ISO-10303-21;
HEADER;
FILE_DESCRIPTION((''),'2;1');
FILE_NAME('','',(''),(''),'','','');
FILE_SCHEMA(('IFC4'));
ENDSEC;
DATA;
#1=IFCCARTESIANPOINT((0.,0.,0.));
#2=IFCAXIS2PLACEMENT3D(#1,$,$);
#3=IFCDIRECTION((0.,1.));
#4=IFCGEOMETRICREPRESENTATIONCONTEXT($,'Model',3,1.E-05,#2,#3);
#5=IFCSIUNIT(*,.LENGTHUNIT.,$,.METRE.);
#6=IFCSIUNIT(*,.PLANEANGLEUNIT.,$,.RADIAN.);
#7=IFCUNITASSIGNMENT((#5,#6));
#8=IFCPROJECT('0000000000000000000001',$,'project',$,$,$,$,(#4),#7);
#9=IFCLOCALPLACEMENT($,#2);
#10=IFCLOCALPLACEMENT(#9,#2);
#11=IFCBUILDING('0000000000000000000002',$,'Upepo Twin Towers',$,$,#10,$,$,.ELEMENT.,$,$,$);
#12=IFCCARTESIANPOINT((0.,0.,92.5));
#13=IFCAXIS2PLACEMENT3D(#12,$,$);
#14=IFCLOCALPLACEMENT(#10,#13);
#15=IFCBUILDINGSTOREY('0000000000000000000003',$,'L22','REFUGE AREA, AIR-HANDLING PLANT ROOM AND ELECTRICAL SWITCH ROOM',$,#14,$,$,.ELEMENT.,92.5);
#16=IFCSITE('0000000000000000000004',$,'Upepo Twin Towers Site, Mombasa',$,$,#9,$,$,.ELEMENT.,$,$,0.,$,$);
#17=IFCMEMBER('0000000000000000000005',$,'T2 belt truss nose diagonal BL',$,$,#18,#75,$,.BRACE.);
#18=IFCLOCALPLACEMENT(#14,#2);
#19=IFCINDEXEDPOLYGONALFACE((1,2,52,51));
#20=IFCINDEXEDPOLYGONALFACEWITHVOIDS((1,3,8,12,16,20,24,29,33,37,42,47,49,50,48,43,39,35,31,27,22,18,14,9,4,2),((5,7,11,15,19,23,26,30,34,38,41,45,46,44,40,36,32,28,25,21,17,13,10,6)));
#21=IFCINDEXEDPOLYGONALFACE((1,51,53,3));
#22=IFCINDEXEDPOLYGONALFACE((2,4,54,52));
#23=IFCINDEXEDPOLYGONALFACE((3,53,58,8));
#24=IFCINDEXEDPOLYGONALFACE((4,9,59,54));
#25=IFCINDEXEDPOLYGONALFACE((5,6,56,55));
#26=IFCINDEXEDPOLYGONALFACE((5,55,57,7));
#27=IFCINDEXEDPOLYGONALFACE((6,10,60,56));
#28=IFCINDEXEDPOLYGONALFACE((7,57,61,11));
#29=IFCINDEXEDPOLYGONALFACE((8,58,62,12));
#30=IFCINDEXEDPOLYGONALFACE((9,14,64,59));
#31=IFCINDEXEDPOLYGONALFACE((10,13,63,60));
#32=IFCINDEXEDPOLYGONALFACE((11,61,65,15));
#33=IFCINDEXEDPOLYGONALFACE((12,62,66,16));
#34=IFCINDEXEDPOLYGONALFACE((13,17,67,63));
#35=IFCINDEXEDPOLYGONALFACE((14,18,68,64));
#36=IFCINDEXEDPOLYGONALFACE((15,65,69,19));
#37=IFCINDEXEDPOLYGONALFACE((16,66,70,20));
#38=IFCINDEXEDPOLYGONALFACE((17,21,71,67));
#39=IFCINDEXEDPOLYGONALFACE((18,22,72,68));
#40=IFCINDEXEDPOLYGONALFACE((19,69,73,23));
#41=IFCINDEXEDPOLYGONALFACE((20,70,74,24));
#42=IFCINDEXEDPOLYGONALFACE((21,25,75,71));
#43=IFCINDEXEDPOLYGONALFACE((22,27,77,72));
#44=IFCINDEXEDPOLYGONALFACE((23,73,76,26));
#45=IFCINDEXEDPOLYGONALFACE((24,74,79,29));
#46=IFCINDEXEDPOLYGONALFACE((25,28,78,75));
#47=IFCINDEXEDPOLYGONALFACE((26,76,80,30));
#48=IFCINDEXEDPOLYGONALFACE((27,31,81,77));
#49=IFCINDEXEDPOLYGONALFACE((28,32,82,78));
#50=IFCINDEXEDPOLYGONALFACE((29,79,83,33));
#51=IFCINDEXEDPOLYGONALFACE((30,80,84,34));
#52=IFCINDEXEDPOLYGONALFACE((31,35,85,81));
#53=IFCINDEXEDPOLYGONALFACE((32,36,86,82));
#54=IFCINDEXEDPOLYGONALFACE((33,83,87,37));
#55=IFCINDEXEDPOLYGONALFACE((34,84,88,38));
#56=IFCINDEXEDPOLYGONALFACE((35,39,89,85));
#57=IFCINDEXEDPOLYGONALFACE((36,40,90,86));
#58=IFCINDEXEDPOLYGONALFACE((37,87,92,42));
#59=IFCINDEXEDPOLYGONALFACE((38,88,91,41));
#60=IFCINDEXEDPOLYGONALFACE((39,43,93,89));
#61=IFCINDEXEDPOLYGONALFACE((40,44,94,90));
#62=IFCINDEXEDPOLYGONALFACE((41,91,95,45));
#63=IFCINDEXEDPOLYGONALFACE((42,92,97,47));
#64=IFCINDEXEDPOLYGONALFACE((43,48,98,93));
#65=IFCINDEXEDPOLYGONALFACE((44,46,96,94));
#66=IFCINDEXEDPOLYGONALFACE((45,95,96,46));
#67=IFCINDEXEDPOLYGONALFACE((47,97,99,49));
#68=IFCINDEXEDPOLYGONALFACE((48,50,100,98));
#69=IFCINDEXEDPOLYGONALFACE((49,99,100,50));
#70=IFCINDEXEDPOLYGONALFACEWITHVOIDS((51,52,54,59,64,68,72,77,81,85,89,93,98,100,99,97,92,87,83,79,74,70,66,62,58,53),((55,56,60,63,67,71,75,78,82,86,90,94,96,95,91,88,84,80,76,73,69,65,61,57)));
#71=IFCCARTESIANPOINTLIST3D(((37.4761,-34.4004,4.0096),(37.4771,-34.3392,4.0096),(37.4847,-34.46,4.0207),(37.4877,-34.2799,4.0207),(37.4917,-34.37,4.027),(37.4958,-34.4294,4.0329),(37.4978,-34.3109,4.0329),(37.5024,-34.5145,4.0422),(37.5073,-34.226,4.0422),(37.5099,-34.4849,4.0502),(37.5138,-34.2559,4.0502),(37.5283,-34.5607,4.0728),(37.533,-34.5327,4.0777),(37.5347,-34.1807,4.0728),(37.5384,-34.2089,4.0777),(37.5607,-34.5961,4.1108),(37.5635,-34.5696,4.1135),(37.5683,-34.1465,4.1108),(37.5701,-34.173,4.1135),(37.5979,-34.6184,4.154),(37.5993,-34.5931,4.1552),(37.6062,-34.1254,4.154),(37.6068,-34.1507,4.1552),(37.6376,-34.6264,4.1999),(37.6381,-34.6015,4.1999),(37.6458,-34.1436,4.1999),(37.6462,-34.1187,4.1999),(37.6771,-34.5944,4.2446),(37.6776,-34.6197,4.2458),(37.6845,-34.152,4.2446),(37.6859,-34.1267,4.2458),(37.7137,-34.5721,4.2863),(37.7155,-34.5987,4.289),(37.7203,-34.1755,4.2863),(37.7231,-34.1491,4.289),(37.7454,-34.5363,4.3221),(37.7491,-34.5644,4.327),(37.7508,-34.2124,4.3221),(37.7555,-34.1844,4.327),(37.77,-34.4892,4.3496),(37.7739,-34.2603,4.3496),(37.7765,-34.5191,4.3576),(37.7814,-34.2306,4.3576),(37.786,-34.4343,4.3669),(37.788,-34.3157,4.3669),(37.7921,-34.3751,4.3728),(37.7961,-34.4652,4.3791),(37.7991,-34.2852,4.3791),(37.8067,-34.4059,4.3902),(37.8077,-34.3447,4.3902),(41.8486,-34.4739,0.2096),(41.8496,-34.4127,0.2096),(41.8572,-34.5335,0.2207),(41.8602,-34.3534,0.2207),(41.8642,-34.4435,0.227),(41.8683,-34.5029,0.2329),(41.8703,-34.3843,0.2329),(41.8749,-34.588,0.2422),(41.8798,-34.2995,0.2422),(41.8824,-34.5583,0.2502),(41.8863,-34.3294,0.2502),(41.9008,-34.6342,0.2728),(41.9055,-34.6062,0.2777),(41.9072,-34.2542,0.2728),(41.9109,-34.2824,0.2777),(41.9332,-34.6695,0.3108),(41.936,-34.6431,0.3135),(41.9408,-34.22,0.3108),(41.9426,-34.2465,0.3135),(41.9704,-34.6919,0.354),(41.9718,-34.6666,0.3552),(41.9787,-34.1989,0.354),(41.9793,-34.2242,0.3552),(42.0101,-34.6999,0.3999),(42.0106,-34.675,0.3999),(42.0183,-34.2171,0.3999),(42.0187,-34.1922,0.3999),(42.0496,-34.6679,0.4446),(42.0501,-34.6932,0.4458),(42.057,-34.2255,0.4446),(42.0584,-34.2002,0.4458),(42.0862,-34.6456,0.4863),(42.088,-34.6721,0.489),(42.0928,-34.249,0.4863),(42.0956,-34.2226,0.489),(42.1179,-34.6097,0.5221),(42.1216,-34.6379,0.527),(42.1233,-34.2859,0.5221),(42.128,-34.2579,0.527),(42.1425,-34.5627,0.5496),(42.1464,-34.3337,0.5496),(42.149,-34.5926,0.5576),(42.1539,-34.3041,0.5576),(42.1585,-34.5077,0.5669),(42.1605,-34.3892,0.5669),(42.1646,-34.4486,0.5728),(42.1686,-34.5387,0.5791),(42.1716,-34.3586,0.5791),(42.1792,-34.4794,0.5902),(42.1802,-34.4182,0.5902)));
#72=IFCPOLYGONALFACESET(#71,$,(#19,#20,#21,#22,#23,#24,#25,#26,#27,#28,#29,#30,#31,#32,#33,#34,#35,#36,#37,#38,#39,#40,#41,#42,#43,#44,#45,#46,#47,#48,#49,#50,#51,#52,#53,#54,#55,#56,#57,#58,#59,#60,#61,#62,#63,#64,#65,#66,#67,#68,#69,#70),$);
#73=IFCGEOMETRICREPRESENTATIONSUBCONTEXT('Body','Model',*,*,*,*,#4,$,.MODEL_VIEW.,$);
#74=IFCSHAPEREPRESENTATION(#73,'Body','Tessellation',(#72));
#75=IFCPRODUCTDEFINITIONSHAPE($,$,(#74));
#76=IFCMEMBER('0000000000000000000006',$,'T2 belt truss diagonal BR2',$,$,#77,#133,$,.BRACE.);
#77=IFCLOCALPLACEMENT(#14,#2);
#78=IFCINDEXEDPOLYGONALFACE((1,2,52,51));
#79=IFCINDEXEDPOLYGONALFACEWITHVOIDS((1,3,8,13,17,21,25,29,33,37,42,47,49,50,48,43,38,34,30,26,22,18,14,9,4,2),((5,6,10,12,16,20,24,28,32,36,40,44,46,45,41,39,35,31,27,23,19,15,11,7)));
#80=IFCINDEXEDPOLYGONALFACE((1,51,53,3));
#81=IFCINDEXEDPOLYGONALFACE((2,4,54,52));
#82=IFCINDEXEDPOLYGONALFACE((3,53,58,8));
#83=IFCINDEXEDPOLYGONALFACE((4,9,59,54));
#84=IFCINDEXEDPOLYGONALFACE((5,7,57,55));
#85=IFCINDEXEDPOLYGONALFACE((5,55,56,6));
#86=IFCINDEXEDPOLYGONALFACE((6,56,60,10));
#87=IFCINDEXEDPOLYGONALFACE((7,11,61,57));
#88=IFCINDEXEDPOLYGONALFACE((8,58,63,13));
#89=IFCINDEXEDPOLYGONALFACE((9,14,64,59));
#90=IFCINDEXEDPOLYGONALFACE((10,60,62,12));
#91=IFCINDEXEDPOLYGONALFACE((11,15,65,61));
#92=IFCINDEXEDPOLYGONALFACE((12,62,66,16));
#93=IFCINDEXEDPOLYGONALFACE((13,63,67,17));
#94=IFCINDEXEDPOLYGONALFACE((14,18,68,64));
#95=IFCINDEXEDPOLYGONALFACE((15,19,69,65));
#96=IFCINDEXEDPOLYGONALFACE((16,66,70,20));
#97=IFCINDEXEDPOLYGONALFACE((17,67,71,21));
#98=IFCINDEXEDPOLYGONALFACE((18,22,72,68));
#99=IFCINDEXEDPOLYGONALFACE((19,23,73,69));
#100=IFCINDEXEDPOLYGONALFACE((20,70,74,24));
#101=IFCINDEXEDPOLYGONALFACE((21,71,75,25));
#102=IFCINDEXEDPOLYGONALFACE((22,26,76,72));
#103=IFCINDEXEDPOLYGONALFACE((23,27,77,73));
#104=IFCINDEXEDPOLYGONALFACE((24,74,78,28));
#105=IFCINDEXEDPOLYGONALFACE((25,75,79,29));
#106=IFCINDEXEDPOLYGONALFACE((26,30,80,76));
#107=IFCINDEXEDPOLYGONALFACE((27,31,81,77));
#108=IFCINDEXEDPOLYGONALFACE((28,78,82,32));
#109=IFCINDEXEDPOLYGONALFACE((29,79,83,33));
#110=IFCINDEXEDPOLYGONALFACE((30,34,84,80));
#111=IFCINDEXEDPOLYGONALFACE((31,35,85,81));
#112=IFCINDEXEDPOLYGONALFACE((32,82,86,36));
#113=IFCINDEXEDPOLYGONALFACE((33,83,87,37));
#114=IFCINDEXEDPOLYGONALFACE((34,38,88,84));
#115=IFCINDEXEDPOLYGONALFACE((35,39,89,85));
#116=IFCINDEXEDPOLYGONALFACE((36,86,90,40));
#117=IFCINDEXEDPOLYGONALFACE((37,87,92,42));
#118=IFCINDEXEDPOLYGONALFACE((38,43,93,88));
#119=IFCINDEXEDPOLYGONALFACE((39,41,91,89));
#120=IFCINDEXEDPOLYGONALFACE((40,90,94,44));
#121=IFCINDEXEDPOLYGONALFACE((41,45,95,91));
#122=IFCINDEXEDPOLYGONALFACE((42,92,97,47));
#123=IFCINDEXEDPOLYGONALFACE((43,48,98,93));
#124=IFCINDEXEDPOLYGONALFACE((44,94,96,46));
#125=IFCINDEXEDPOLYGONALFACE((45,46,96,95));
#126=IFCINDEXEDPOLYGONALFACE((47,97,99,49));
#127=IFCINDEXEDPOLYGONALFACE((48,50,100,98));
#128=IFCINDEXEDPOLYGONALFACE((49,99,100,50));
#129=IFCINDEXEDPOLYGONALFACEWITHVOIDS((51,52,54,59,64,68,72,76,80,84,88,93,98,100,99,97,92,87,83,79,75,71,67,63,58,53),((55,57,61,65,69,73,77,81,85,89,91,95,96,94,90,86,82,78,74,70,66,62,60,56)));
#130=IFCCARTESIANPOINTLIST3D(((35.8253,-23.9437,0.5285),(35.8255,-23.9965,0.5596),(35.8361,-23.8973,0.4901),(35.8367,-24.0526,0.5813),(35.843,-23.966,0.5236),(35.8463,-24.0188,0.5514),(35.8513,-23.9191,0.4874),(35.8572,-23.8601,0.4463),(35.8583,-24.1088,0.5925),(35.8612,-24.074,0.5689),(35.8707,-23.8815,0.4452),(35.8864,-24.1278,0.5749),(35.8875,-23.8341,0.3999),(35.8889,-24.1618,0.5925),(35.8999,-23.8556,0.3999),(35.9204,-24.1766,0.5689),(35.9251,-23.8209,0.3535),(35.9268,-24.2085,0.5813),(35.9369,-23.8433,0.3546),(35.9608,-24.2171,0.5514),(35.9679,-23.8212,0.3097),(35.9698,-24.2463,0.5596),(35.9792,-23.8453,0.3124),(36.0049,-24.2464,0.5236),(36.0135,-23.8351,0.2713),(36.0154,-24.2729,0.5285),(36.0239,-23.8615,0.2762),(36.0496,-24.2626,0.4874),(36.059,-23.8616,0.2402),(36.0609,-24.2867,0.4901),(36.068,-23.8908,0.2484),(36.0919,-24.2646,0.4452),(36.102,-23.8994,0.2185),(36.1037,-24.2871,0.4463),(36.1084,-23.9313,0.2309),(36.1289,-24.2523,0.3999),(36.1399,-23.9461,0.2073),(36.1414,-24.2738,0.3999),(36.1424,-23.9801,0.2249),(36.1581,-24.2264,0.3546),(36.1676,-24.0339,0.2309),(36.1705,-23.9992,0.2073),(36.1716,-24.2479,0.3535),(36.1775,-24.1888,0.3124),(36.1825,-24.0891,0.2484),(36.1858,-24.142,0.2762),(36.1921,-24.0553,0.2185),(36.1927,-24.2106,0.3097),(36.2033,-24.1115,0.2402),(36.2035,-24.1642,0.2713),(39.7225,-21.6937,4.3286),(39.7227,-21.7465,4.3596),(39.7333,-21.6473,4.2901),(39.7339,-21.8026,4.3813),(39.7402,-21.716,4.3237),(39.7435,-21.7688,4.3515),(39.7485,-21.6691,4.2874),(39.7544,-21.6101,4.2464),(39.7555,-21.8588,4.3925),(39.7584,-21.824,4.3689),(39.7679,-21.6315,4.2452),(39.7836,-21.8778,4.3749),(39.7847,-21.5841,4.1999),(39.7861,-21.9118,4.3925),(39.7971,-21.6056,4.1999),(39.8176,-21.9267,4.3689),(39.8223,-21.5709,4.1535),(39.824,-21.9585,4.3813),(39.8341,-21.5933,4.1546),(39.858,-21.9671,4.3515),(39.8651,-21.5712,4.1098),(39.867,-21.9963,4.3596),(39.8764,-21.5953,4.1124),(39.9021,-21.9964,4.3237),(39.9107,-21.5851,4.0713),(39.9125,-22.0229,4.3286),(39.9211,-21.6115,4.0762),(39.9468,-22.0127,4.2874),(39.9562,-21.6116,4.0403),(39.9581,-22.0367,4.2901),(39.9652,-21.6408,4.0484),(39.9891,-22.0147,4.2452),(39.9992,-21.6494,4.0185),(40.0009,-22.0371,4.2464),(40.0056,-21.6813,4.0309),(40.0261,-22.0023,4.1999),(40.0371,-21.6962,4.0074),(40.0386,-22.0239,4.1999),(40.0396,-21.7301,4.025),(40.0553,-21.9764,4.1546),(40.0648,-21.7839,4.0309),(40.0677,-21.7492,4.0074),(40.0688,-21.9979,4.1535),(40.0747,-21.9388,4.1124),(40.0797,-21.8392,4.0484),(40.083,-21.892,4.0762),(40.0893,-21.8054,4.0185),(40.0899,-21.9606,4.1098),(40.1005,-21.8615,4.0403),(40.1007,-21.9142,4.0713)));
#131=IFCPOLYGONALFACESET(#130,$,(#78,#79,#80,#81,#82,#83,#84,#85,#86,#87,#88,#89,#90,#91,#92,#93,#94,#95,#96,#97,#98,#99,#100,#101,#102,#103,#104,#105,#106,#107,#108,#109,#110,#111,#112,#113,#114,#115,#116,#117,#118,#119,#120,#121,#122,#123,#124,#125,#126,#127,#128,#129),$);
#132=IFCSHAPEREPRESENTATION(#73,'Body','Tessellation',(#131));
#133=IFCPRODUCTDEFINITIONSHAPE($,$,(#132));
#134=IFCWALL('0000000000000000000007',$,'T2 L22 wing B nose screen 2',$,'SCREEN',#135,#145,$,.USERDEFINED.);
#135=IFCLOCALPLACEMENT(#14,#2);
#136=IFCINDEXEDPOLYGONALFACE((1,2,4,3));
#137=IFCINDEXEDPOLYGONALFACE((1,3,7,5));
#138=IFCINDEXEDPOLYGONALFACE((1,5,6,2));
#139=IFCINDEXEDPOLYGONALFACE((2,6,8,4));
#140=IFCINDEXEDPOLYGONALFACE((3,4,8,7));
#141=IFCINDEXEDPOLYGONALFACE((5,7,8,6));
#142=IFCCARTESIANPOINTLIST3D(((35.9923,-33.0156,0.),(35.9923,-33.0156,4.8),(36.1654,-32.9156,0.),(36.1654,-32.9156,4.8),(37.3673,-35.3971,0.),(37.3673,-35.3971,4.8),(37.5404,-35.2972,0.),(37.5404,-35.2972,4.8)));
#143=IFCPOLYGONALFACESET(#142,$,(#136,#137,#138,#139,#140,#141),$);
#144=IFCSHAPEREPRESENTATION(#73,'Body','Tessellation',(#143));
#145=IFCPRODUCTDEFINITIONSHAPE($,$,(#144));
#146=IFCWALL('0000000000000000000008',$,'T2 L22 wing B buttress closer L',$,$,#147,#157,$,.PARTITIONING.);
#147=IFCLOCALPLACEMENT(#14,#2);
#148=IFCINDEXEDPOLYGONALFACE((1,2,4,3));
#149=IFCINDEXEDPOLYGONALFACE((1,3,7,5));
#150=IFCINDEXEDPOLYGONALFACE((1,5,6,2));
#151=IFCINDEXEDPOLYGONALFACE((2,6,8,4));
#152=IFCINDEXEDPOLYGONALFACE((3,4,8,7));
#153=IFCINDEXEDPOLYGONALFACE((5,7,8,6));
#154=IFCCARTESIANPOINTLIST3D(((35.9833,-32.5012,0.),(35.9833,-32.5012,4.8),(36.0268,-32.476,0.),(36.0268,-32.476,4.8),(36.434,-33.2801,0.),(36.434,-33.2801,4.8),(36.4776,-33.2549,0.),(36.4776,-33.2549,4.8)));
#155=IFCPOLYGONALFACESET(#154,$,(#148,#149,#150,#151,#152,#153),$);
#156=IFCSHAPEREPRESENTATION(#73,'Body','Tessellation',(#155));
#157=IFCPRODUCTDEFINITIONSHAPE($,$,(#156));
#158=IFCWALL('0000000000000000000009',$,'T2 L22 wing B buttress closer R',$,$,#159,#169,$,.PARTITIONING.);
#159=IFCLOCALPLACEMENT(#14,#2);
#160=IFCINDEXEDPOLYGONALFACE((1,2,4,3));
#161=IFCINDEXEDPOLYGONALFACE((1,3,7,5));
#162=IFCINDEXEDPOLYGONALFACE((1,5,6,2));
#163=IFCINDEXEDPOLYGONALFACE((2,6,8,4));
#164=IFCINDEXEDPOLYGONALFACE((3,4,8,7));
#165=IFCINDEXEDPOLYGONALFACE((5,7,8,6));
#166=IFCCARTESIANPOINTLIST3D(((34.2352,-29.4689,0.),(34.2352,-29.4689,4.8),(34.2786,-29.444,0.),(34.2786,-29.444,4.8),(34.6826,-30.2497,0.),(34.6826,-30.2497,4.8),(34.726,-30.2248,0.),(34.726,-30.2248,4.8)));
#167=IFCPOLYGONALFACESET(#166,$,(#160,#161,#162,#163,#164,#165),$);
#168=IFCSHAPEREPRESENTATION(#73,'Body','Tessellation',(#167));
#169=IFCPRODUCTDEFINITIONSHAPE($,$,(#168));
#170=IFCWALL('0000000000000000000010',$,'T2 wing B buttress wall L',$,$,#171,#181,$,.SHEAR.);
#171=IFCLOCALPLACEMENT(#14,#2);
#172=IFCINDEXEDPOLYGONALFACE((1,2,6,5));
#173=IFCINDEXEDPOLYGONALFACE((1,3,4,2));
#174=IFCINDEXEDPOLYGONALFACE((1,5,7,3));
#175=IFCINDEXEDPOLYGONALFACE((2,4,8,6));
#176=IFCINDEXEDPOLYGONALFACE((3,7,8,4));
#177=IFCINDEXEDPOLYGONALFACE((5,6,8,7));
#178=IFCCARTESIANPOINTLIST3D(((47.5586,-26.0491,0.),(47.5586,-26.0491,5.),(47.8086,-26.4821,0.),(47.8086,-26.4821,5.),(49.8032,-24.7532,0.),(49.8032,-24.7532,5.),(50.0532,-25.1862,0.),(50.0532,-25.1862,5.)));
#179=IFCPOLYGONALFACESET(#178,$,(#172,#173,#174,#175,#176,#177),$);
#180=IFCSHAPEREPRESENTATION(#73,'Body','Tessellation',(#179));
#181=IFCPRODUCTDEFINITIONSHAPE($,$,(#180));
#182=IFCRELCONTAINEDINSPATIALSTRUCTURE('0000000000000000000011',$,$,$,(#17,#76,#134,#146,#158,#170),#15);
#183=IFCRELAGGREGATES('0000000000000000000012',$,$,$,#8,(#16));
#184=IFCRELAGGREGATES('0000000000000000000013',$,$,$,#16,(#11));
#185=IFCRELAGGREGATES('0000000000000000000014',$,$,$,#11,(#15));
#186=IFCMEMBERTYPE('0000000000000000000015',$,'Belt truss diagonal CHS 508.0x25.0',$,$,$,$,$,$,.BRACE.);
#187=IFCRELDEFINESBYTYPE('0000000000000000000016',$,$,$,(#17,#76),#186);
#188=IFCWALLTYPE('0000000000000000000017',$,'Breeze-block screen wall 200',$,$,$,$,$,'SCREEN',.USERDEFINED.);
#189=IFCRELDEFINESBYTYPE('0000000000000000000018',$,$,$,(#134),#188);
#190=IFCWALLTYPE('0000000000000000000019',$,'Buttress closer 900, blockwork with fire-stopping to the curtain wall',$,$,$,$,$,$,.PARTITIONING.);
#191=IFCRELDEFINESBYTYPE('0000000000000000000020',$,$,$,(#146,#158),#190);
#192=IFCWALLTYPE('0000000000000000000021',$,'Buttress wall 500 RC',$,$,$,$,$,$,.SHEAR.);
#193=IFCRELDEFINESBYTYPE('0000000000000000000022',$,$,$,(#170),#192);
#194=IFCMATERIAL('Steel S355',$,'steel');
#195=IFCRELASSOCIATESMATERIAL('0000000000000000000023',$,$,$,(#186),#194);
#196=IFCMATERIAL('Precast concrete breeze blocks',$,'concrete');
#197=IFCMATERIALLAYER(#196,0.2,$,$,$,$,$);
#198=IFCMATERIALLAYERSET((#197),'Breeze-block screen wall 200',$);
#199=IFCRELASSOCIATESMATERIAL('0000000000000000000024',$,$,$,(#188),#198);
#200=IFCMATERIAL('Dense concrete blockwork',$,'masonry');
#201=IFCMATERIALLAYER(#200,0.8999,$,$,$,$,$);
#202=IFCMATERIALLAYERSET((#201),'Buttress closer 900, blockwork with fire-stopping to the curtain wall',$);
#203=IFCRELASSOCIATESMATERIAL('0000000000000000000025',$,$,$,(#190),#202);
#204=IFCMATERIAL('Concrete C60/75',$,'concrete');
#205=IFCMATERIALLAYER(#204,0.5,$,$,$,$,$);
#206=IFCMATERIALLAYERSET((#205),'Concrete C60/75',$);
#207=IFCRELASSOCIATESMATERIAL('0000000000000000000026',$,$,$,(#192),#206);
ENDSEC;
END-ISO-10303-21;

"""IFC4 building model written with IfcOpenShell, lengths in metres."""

from ifc_helpers import new_model, si_unit, direction, frame, frame_2d, origin, origin_2d, place, context, subcontext, project, spatial, rectangle, hollow_circle, extrude, material, layer, layer_set, material_profile, profile_set, type_object, element, save


model = new_model("IFC4")

# Units and contexts
model_context = context("Model", 3, precision=1e-05, world=origin(), true_north=direction((0.0, 1.0)))
body_context = subcontext(model_context, "Body", "Model", "MODEL_VIEW")
ifc_project = project(units=[si_unit("LENGTHUNIT", "METRE"), si_unit("PLANEANGLEUNIT", "RADIAN")], contexts=[model_context])

# Site, building, storey
site_placement = place(None, origin())
site = spatial("IfcSite", under=ifc_project, at=site_placement, Name="Upepo Twin Towers Site, Mombasa", CompositionType="ELEMENT", RefElevation=0.0)
building_placement = place(site_placement, origin())
building = spatial("IfcBuilding", under=site, at=building_placement, Name="Upepo Twin Towers", CompositionType="ELEMENT")
storey_placement = place(building_placement, frame((0.0, 0.0, 92.5)))
storey = spatial("IfcBuildingStorey", under=building, at=storey_placement, Name="L22", Description="REFUGE AREA, AIR-HANDLING PLANT ROOM AND ELECTRICAL SWITCH ROOM", CompositionType="ELEMENT", Elevation=92.5)

# Members
ifc_material_1 = material(Name="Steel S355", Category="steel")
ifc_material_profile_1 = material_profile(ifc_material_1, hollow_circle(Radius=0.2539, WallThickness=0.0249, at=origin_2d()), Name="CHS 508.0x25.0")
ifc_profile_set_1 = profile_set([ifc_material_profile_1], Name="Steel S355")
member_type = type_object("IfcMemberType", Name="Belt truss diagonal CHS 508.0x25.0", PredefinedType="BRACE", material=ifc_profile_set_1)
member_1_placement = place(storey_placement, frame((42.0144, -34.446, 0.3999), z_axis=(-0.754731, 0.012684, 0.655912), x_axis=(-0.016804, -0.999859, 0.0)))
element("IfcMember", 1, at=member_1_placement, inside=storey, type_object=member_type, Name="T2 belt truss nose diagonal BL", PredefinedType="BRACE", context=body_context, shape_type="SweptSolid", body=[
    extrude(hollow_circle(Radius=0.2539, WallThickness=0.0249, at=origin_2d()), origin(), (0.0, 0.0, 1.0), 5.7935),
])
member_2_placement = place(storey_placement, frame((36.0144, -24.054, 0.3999), z_axis=(0.661676, 0.382009, 0.645178), x_axis=(-0.49999, 0.866031, 0.0)))
element("IfcMember", 2, at=member_2_placement, inside=storey, type_object=member_type, Name="T2 belt truss diagonal BR2", PredefinedType="BRACE", context=body_context, shape_type="SweptSolid", body=[
    extrude(hollow_circle(Radius=0.2539, WallThickness=0.0249, at=origin_2d()), origin(), (0.0, 0.0, 1.0), 5.8899),
])

# Walls
ifc_material_2 = material(Name="Precast concrete breeze blocks", Category="concrete")
ifc_layer_1 = layer(ifc_material_2, 0.2)
ifc_layer_set_1 = layer_set([ifc_layer_1], Name="Breeze-block screen wall 200")
wall_type_1 = type_object("IfcWallType", Name="Breeze-block screen wall 200", ElementType="SCREEN", PredefinedType="USERDEFINED", material=ifc_layer_set_1)
wall_1_placement = place(storey_placement, frame((36.0789, -32.9656, 0.0), z_axis=(0.0, 0.0, 1.0), x_axis=(0.499997, -0.866027, 0.0)))
element("IfcWall", 3, at=wall_1_placement, inside=storey, type_object=wall_type_1, Name="T2 L22 wing B nose screen 2", ObjectType="SCREEN", PredefinedType="USERDEFINED", context=body_context, shape_type="SweptSolid", body=[
    extrude(rectangle(XDim=2.75, YDim=0.2, at=frame_2d((1.375, 0.0))), origin(), (0.0, 0.0, 1.0), 4.8),
])
ifc_material_3 = material(Name="Dense concrete blockwork", Category="masonry")
ifc_layer_2 = layer(ifc_material_3, 0.8999)
ifc_layer_set_2 = layer_set([ifc_layer_2], Name="Buttress closer 900, blockwork with fire-stopping to the curtain wall")
wall_type_2 = type_object("IfcWallType", Name="Buttress closer 900, blockwork with fire-stopping to the curtain wall", PredefinedType="PARTITIONING", material=ifc_layer_set_2)
wall_2_placement = place(storey_placement, frame((36.2522, -32.8655, 0.0), z_axis=(0.0, 0.0, 1.0), x_axis=(-0.865537, -0.500845, 0.0)))
element("IfcWall", 4, at=wall_2_placement, inside=storey, type_object=wall_type_2, Name="T2 L22 wing B buttress closer L", PredefinedType="PARTITIONING", context=body_context, shape_type="SweptSolid", body=[
    extrude(rectangle(XDim=0.0503, YDim=0.8999, at=frame_2d((0.0251, 0.0))), origin(), (0.0, 0.0, 1.0), 4.8),
])
wall_3_placement = place(storey_placement, frame((34.5022, -29.8345, 0.0), z_axis=(0.0, 0.0, 1.0), x_axis=(-0.867643, -0.497188, 0.0)))
element("IfcWall", 5, at=wall_3_placement, inside=storey, type_object=wall_type_2, Name="T2 L22 wing B buttress closer R", PredefinedType="PARTITIONING", context=body_context, shape_type="SweptSolid", body=[
    extrude(rectangle(XDim=0.05, YDim=0.8999, at=frame_2d((0.0249, 0.0))), origin(), (0.0, 0.0, 1.0), 4.8),
])
ifc_material_4 = material(Name="Concrete C60/75", Category="concrete")
ifc_layer_3 = layer(ifc_material_4, 0.5)
ifc_layer_set_3 = layer_set([ifc_layer_3], Name="Concrete C60/75")
wall_type_3 = type_object("IfcWallType", Name="Buttress wall 500 RC", PredefinedType="SHEAR", material=ifc_layer_set_3)
wall_4_placement = place(storey_placement, frame((49.9282, -24.9697, 0.0), z_axis=(0.0, 0.0, 1.0), x_axis=(-0.866032, -0.499989, 0.0)))
element("IfcWall", 6, at=wall_4_placement, inside=storey, type_object=wall_type_3, Name="T2 wing B buttress wall L", PredefinedType="SHEAR", context=body_context, shape_type="SweptSolid", body=[
    extrude(rectangle(XDim=2.5918, YDim=0.5, at=frame_2d((1.2959, 0.0))), origin(), (0.0, 0.0, 1.0), 5.0),
])

save(model, "model.ifc")
